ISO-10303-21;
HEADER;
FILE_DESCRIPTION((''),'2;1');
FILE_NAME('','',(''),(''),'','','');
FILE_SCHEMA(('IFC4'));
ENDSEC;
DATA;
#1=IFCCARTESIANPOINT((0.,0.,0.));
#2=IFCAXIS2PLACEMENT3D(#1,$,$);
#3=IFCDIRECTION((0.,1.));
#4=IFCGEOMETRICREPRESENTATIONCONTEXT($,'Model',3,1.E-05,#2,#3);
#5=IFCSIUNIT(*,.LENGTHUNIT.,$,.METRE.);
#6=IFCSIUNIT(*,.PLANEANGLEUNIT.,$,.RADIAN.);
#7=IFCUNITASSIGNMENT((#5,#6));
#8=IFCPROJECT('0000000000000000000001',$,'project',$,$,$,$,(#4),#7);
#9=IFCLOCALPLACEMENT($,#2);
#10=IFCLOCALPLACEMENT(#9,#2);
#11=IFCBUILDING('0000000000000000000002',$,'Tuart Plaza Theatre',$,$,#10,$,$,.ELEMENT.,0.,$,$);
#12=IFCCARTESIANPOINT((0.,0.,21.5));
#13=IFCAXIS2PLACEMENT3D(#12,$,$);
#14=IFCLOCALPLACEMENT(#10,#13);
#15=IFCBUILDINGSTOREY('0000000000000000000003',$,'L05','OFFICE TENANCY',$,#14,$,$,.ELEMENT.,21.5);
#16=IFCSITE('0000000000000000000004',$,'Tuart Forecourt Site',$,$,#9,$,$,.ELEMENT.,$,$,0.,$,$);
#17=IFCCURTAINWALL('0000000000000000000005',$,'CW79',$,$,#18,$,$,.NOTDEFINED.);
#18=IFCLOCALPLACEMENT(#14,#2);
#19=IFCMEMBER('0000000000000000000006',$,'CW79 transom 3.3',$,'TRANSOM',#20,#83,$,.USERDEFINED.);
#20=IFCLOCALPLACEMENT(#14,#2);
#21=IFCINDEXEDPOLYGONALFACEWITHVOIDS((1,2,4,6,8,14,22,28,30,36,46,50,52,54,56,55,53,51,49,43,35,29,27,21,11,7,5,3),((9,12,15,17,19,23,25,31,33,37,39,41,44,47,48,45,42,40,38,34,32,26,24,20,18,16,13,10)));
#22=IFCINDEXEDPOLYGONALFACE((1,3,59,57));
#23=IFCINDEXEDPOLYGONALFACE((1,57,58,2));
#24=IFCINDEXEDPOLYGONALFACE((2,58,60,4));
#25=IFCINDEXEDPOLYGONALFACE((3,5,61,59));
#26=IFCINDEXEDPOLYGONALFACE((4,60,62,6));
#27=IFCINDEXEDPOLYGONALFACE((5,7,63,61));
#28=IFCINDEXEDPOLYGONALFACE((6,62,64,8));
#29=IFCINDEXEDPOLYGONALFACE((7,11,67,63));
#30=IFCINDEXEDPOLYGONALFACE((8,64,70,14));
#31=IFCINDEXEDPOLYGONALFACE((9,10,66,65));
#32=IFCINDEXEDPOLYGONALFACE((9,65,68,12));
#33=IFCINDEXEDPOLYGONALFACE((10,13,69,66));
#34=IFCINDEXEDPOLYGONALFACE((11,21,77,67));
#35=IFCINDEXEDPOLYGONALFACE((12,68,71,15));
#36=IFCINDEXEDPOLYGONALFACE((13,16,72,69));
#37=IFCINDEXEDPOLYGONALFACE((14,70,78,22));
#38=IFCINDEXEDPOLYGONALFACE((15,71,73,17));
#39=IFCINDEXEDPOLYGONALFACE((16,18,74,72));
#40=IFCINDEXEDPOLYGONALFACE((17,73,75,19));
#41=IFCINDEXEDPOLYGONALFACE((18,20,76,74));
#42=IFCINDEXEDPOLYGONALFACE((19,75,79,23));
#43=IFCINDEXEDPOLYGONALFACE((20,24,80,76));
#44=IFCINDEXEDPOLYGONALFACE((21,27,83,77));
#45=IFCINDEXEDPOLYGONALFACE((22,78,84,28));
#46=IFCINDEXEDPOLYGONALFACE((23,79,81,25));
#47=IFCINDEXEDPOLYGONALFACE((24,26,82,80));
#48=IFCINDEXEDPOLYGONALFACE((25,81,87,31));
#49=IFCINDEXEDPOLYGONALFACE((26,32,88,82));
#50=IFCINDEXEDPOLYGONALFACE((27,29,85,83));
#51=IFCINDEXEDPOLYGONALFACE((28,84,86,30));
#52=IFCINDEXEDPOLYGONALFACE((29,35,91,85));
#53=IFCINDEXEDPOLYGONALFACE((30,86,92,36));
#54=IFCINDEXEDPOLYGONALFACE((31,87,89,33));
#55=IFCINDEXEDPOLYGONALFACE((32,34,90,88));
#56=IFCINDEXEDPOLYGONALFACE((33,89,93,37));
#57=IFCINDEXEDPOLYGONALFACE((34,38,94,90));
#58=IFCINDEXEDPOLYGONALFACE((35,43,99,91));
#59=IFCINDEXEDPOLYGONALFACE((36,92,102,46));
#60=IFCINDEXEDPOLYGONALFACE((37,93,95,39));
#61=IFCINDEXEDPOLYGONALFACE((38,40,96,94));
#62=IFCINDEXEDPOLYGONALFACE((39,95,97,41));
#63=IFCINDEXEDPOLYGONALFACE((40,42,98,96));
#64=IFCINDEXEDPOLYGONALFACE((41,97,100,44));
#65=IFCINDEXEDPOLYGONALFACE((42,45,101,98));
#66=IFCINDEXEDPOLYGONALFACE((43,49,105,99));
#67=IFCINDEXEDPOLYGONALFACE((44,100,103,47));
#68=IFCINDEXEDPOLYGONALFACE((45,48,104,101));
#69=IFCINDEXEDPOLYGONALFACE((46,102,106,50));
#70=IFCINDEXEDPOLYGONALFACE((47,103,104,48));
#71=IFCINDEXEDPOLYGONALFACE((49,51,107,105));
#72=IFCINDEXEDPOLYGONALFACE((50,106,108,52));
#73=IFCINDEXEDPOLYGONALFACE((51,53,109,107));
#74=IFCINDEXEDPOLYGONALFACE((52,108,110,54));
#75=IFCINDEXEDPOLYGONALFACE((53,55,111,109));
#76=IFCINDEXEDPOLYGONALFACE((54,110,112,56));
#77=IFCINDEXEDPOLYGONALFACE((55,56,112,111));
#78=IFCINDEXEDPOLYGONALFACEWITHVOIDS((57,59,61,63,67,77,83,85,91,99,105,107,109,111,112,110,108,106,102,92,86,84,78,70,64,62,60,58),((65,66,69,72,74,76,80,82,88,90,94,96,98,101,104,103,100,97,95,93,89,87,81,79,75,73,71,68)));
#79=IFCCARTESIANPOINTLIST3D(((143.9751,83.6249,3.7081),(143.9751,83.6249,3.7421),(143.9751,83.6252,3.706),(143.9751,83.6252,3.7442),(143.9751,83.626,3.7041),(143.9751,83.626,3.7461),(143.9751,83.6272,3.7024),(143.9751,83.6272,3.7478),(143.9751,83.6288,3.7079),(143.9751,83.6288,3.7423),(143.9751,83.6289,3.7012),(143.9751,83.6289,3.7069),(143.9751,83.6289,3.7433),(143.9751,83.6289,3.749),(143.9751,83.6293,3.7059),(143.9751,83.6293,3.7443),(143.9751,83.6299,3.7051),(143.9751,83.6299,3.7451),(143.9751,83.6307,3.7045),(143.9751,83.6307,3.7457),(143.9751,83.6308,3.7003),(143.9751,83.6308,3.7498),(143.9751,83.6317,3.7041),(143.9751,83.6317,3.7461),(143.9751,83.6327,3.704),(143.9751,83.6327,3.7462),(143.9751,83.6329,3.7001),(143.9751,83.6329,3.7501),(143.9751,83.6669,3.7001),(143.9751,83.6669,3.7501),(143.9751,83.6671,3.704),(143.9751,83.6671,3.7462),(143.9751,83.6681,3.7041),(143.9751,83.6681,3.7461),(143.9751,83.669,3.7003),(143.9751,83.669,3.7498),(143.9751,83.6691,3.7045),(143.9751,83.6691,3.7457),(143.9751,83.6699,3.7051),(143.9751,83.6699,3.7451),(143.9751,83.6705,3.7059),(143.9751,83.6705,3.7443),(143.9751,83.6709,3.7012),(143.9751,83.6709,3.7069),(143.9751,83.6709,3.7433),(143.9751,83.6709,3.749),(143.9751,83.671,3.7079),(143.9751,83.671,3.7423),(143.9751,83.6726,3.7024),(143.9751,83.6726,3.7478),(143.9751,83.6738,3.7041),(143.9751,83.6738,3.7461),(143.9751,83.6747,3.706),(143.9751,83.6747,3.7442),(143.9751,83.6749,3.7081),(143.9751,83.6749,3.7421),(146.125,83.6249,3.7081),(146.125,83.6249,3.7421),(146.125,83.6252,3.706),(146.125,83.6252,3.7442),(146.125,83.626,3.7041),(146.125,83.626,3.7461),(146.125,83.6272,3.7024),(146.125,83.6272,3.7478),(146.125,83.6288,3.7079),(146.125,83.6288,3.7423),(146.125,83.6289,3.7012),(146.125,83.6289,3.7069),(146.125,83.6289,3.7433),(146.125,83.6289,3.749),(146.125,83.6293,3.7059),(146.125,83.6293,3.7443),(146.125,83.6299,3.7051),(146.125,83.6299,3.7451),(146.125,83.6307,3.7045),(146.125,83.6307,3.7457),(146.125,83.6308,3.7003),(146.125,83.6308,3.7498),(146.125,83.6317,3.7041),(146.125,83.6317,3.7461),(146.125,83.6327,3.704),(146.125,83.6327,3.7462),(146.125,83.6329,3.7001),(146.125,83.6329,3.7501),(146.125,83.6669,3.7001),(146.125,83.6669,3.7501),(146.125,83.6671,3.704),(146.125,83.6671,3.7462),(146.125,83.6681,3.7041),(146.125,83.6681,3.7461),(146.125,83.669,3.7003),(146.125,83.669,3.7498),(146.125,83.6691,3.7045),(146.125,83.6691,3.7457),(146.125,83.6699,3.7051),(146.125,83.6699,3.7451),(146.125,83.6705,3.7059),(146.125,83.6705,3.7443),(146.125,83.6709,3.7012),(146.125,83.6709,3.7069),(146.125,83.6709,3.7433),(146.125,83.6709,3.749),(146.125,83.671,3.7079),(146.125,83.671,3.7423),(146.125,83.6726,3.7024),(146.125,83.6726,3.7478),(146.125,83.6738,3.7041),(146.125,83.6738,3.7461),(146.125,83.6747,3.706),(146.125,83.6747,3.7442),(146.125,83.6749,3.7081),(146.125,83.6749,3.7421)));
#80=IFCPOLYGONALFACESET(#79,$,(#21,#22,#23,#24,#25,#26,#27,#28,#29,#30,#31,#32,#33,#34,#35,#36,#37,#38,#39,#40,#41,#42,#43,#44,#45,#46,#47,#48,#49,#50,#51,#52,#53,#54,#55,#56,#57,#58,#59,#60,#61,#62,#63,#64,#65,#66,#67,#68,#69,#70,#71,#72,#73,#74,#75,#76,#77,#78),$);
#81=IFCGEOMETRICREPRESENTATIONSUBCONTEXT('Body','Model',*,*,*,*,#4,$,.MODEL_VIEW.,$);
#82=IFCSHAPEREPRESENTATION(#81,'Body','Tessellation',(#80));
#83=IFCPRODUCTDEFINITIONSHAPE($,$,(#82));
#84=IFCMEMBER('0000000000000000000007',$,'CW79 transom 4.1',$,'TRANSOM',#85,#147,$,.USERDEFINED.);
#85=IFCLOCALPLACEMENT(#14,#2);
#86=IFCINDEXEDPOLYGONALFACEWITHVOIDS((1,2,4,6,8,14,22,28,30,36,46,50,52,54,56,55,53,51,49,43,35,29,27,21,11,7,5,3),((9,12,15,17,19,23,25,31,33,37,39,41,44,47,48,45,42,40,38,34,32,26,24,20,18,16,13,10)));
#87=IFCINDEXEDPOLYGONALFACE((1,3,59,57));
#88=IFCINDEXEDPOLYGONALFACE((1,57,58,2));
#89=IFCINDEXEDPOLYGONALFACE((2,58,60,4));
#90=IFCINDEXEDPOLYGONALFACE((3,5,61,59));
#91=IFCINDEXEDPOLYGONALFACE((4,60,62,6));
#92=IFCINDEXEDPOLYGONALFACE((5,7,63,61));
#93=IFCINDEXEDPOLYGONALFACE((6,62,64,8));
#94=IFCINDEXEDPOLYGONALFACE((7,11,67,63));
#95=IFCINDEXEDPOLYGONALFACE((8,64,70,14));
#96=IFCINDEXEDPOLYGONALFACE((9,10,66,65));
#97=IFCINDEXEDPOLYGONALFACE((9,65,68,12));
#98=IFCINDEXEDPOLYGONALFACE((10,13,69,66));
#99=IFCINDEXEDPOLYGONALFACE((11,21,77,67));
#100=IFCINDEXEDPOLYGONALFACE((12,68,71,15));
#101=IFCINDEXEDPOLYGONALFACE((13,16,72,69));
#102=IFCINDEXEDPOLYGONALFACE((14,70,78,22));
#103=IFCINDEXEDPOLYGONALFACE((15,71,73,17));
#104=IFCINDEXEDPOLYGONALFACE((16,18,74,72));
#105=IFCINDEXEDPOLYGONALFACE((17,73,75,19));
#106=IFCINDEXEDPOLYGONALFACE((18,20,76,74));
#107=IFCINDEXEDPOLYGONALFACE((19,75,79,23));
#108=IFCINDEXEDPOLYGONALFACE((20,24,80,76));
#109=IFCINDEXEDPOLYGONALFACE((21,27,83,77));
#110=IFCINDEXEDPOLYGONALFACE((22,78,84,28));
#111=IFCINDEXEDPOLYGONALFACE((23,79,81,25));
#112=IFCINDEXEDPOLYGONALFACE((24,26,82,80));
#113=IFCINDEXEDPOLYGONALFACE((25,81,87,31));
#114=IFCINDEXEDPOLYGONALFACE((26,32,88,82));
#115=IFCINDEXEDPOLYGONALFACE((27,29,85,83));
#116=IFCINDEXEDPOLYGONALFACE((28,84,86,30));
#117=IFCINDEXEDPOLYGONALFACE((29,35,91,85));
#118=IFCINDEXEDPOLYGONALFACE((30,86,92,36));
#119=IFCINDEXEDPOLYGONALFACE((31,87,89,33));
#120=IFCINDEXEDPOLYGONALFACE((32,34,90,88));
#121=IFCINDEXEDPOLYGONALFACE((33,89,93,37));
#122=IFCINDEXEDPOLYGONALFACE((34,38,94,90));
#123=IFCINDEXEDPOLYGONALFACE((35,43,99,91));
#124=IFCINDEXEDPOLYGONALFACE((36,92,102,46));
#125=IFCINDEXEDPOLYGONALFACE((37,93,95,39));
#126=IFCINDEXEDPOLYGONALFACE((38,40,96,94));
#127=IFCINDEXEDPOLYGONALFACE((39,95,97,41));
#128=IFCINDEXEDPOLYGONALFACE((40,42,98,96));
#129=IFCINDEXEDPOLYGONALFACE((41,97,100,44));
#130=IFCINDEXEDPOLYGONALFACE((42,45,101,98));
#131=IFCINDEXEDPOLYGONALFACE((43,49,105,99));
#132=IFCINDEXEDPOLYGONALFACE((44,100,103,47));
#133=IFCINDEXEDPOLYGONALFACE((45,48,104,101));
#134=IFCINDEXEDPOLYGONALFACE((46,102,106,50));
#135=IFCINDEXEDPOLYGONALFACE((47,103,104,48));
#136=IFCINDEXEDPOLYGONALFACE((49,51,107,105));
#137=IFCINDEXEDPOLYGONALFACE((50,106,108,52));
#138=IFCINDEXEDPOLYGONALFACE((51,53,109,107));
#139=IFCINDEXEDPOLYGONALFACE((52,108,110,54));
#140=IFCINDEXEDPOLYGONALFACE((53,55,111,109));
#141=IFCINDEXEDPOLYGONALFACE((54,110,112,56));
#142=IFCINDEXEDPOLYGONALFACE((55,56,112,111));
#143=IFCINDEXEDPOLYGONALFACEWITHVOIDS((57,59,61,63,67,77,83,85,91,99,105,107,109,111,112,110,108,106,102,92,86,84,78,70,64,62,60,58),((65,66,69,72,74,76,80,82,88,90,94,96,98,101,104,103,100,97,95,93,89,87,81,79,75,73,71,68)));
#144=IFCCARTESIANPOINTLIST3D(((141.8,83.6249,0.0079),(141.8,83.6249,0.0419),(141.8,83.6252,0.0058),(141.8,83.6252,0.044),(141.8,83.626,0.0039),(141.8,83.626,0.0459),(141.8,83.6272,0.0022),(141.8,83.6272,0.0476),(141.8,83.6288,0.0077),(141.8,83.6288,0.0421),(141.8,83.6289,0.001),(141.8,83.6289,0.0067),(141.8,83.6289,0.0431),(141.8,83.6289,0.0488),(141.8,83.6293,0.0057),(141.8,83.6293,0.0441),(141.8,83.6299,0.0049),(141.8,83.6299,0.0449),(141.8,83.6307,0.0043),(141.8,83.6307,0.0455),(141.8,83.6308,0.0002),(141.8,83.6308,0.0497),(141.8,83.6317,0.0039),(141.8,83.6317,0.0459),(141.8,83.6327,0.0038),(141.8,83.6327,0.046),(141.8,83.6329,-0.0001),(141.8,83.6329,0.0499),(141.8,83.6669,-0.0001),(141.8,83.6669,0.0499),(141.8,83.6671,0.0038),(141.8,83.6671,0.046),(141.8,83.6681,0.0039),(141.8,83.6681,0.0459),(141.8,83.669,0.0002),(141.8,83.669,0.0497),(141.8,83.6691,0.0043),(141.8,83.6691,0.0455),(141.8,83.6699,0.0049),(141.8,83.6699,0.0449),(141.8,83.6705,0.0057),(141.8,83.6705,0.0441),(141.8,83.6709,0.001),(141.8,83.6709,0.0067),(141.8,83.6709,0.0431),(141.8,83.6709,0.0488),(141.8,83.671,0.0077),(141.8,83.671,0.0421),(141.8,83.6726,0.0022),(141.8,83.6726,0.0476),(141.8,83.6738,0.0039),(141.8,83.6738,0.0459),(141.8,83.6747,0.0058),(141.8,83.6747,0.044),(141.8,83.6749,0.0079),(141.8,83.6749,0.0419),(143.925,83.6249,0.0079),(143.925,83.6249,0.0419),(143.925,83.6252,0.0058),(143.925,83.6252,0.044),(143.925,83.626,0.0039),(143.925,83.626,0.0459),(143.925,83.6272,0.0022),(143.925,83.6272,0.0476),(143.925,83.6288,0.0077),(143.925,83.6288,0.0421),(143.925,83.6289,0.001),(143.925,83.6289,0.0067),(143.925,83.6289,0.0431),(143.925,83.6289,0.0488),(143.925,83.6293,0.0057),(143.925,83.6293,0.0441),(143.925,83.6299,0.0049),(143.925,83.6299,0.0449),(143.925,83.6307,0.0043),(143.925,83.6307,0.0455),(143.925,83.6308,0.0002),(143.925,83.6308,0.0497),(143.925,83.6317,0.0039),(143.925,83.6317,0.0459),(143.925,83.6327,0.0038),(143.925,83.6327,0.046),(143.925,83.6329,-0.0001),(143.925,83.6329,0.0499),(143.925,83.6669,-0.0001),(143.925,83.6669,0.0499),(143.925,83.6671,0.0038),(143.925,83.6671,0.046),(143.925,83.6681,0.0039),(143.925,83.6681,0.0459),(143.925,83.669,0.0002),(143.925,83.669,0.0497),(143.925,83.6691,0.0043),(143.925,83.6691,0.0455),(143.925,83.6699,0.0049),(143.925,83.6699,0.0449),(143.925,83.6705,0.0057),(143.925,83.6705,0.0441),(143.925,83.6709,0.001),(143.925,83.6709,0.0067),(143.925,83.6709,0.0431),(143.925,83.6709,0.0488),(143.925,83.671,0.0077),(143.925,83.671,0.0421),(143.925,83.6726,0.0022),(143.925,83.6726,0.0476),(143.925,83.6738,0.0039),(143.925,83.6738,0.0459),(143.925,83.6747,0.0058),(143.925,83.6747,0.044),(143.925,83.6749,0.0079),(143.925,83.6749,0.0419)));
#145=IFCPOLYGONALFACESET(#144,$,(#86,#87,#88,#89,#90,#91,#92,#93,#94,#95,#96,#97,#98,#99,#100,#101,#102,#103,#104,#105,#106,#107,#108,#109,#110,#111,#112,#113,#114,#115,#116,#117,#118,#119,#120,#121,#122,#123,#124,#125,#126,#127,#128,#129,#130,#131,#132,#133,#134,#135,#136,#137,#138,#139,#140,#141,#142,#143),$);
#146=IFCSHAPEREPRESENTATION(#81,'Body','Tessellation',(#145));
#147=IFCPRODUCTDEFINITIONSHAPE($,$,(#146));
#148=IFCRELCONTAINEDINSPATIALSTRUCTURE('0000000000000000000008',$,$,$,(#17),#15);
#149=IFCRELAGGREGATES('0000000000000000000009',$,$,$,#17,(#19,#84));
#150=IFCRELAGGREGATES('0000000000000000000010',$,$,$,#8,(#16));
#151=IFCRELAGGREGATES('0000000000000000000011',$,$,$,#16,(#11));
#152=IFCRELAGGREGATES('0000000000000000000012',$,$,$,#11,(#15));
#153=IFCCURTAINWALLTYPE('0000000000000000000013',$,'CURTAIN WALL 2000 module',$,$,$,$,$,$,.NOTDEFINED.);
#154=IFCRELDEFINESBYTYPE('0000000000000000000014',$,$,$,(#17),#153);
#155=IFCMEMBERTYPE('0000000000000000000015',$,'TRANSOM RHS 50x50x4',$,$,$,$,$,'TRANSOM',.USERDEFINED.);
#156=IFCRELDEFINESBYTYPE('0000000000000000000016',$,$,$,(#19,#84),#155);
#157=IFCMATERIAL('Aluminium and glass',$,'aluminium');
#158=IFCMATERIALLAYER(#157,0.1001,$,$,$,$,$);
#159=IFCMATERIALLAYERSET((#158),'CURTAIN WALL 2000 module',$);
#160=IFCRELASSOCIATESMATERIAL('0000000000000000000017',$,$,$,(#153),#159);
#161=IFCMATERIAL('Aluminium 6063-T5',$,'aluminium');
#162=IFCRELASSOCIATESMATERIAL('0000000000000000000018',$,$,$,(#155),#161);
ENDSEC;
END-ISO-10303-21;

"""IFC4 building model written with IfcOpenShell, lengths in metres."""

from ifc_helpers import new_model, si_unit, direction, frame, origin, origin_2d, place, context, subcontext, project, spatial, hollow_rectangle, extrude, material, layer, layer_set, material_profile, profile_set, type_object, element, aggregate, save


model = new_model("IFC4")

# Units and contexts
model_context = context("Model", 3, precision=1e-05, world=origin(), true_north=direction((0.0, 1.0)))
body_context = subcontext(model_context, "Body", "Model", "MODEL_VIEW")
ifc_project = project(units=[si_unit("LENGTHUNIT", "METRE"), si_unit("PLANEANGLEUNIT", "RADIAN")], contexts=[model_context])

# Site, building, storey
site_placement = place(None, origin())
site = spatial("IfcSite", under=ifc_project, at=site_placement, Name="Tuart Forecourt Site", CompositionType="ELEMENT", RefElevation=0.0)
building_placement = place(site_placement, origin())
building = spatial("IfcBuilding", under=site, at=building_placement, Name="Tuart Plaza Theatre", CompositionType="ELEMENT", ElevationOfRefHeight=0.0)
storey_placement = place(building_placement, frame((0.0, 0.0, 21.5)))
storey = spatial("IfcBuildingStorey", under=building, at=storey_placement, Name="L05", Description="OFFICE TENANCY", CompositionType="ELEMENT", Elevation=21.5)

# Shared definitions
ifc_material_1 = material(Name="Aluminium and glass", Category="aluminium")
ifc_layer_1 = layer(ifc_material_1, 0.1001)
ifc_layer_set_1 = layer_set([ifc_layer_1], Name="CURTAIN WALL 2000 module")
curtain_wall_type = type_object("IfcCurtainWallType", Name="CURTAIN WALL 2000 module", PredefinedType="NOTDEFINED", material=ifc_layer_set_1)

# Curtain wall
curtain_wall_1_placement = place(storey_placement, origin())
curtain_wall_1 = element("IfcCurtainWall", 1, at=curtain_wall_1_placement, inside=storey, type_object=curtain_wall_type, Name="CW79", PredefinedType="NOTDEFINED")

# Members
ifc_material_2 = material(Name="Aluminium 6063-T5", Category="aluminium")
ifc_material_profile_1 = material_profile(ifc_material_2, hollow_rectangle(XDim=0.05, YDim=0.05, WallThickness=0.0039, InnerFilletRadius=0.0039, OuterFilletRadius=0.0081, at=origin_2d()), Name="RHS 50x50x4")
ifc_profile_set_1 = profile_set([ifc_material_profile_1], Name="Aluminium 6063-T5")
member_type_1 = type_object("IfcMemberType", Name="TRANSOM RHS 50x50x4", ElementType="TRANSOM", PredefinedType="USERDEFINED", material=ifc_profile_set_1)
member_1_placement = place(storey_placement, frame((146.125, 83.6499, 3.7251), z_axis=(-1.0, 0.0, 0.0), x_axis=(0.0, -1.0, 0.0)))
member_1 = element("IfcMember", 2, at=member_1_placement, type_object=member_type_1, Name="CW79 transom 3.3", ObjectType="TRANSOM", PredefinedType="USERDEFINED", context=body_context, shape_type="SweptSolid", body=[
    extrude(hollow_rectangle(XDim=0.05, YDim=0.05, WallThickness=0.0039, InnerFilletRadius=0.0039, OuterFilletRadius=0.0081, at=origin_2d()), origin(), (0.0, 0.0, 1.0), 2.1499),
])
member_2_placement = place(storey_placement, frame((143.925, 83.6499, 0.0249), z_axis=(-1.0, 0.0, 0.0), x_axis=(0.0, -1.0, 0.0)))
member_2 = element("IfcMember", 3, at=member_2_placement, type_object=member_type_1, Name="CW79 transom 4.1", ObjectType="TRANSOM", PredefinedType="USERDEFINED", context=body_context, shape_type="SweptSolid", body=[
    extrude(hollow_rectangle(XDim=0.05, YDim=0.05, WallThickness=0.0039, InnerFilletRadius=0.0039, OuterFilletRadius=0.0081, at=origin_2d()), origin(), (0.0, 0.0, 1.0), 2.125),
])

aggregate(curtain_wall_1, [member_1, member_2])

save(model, "model.ifc")
